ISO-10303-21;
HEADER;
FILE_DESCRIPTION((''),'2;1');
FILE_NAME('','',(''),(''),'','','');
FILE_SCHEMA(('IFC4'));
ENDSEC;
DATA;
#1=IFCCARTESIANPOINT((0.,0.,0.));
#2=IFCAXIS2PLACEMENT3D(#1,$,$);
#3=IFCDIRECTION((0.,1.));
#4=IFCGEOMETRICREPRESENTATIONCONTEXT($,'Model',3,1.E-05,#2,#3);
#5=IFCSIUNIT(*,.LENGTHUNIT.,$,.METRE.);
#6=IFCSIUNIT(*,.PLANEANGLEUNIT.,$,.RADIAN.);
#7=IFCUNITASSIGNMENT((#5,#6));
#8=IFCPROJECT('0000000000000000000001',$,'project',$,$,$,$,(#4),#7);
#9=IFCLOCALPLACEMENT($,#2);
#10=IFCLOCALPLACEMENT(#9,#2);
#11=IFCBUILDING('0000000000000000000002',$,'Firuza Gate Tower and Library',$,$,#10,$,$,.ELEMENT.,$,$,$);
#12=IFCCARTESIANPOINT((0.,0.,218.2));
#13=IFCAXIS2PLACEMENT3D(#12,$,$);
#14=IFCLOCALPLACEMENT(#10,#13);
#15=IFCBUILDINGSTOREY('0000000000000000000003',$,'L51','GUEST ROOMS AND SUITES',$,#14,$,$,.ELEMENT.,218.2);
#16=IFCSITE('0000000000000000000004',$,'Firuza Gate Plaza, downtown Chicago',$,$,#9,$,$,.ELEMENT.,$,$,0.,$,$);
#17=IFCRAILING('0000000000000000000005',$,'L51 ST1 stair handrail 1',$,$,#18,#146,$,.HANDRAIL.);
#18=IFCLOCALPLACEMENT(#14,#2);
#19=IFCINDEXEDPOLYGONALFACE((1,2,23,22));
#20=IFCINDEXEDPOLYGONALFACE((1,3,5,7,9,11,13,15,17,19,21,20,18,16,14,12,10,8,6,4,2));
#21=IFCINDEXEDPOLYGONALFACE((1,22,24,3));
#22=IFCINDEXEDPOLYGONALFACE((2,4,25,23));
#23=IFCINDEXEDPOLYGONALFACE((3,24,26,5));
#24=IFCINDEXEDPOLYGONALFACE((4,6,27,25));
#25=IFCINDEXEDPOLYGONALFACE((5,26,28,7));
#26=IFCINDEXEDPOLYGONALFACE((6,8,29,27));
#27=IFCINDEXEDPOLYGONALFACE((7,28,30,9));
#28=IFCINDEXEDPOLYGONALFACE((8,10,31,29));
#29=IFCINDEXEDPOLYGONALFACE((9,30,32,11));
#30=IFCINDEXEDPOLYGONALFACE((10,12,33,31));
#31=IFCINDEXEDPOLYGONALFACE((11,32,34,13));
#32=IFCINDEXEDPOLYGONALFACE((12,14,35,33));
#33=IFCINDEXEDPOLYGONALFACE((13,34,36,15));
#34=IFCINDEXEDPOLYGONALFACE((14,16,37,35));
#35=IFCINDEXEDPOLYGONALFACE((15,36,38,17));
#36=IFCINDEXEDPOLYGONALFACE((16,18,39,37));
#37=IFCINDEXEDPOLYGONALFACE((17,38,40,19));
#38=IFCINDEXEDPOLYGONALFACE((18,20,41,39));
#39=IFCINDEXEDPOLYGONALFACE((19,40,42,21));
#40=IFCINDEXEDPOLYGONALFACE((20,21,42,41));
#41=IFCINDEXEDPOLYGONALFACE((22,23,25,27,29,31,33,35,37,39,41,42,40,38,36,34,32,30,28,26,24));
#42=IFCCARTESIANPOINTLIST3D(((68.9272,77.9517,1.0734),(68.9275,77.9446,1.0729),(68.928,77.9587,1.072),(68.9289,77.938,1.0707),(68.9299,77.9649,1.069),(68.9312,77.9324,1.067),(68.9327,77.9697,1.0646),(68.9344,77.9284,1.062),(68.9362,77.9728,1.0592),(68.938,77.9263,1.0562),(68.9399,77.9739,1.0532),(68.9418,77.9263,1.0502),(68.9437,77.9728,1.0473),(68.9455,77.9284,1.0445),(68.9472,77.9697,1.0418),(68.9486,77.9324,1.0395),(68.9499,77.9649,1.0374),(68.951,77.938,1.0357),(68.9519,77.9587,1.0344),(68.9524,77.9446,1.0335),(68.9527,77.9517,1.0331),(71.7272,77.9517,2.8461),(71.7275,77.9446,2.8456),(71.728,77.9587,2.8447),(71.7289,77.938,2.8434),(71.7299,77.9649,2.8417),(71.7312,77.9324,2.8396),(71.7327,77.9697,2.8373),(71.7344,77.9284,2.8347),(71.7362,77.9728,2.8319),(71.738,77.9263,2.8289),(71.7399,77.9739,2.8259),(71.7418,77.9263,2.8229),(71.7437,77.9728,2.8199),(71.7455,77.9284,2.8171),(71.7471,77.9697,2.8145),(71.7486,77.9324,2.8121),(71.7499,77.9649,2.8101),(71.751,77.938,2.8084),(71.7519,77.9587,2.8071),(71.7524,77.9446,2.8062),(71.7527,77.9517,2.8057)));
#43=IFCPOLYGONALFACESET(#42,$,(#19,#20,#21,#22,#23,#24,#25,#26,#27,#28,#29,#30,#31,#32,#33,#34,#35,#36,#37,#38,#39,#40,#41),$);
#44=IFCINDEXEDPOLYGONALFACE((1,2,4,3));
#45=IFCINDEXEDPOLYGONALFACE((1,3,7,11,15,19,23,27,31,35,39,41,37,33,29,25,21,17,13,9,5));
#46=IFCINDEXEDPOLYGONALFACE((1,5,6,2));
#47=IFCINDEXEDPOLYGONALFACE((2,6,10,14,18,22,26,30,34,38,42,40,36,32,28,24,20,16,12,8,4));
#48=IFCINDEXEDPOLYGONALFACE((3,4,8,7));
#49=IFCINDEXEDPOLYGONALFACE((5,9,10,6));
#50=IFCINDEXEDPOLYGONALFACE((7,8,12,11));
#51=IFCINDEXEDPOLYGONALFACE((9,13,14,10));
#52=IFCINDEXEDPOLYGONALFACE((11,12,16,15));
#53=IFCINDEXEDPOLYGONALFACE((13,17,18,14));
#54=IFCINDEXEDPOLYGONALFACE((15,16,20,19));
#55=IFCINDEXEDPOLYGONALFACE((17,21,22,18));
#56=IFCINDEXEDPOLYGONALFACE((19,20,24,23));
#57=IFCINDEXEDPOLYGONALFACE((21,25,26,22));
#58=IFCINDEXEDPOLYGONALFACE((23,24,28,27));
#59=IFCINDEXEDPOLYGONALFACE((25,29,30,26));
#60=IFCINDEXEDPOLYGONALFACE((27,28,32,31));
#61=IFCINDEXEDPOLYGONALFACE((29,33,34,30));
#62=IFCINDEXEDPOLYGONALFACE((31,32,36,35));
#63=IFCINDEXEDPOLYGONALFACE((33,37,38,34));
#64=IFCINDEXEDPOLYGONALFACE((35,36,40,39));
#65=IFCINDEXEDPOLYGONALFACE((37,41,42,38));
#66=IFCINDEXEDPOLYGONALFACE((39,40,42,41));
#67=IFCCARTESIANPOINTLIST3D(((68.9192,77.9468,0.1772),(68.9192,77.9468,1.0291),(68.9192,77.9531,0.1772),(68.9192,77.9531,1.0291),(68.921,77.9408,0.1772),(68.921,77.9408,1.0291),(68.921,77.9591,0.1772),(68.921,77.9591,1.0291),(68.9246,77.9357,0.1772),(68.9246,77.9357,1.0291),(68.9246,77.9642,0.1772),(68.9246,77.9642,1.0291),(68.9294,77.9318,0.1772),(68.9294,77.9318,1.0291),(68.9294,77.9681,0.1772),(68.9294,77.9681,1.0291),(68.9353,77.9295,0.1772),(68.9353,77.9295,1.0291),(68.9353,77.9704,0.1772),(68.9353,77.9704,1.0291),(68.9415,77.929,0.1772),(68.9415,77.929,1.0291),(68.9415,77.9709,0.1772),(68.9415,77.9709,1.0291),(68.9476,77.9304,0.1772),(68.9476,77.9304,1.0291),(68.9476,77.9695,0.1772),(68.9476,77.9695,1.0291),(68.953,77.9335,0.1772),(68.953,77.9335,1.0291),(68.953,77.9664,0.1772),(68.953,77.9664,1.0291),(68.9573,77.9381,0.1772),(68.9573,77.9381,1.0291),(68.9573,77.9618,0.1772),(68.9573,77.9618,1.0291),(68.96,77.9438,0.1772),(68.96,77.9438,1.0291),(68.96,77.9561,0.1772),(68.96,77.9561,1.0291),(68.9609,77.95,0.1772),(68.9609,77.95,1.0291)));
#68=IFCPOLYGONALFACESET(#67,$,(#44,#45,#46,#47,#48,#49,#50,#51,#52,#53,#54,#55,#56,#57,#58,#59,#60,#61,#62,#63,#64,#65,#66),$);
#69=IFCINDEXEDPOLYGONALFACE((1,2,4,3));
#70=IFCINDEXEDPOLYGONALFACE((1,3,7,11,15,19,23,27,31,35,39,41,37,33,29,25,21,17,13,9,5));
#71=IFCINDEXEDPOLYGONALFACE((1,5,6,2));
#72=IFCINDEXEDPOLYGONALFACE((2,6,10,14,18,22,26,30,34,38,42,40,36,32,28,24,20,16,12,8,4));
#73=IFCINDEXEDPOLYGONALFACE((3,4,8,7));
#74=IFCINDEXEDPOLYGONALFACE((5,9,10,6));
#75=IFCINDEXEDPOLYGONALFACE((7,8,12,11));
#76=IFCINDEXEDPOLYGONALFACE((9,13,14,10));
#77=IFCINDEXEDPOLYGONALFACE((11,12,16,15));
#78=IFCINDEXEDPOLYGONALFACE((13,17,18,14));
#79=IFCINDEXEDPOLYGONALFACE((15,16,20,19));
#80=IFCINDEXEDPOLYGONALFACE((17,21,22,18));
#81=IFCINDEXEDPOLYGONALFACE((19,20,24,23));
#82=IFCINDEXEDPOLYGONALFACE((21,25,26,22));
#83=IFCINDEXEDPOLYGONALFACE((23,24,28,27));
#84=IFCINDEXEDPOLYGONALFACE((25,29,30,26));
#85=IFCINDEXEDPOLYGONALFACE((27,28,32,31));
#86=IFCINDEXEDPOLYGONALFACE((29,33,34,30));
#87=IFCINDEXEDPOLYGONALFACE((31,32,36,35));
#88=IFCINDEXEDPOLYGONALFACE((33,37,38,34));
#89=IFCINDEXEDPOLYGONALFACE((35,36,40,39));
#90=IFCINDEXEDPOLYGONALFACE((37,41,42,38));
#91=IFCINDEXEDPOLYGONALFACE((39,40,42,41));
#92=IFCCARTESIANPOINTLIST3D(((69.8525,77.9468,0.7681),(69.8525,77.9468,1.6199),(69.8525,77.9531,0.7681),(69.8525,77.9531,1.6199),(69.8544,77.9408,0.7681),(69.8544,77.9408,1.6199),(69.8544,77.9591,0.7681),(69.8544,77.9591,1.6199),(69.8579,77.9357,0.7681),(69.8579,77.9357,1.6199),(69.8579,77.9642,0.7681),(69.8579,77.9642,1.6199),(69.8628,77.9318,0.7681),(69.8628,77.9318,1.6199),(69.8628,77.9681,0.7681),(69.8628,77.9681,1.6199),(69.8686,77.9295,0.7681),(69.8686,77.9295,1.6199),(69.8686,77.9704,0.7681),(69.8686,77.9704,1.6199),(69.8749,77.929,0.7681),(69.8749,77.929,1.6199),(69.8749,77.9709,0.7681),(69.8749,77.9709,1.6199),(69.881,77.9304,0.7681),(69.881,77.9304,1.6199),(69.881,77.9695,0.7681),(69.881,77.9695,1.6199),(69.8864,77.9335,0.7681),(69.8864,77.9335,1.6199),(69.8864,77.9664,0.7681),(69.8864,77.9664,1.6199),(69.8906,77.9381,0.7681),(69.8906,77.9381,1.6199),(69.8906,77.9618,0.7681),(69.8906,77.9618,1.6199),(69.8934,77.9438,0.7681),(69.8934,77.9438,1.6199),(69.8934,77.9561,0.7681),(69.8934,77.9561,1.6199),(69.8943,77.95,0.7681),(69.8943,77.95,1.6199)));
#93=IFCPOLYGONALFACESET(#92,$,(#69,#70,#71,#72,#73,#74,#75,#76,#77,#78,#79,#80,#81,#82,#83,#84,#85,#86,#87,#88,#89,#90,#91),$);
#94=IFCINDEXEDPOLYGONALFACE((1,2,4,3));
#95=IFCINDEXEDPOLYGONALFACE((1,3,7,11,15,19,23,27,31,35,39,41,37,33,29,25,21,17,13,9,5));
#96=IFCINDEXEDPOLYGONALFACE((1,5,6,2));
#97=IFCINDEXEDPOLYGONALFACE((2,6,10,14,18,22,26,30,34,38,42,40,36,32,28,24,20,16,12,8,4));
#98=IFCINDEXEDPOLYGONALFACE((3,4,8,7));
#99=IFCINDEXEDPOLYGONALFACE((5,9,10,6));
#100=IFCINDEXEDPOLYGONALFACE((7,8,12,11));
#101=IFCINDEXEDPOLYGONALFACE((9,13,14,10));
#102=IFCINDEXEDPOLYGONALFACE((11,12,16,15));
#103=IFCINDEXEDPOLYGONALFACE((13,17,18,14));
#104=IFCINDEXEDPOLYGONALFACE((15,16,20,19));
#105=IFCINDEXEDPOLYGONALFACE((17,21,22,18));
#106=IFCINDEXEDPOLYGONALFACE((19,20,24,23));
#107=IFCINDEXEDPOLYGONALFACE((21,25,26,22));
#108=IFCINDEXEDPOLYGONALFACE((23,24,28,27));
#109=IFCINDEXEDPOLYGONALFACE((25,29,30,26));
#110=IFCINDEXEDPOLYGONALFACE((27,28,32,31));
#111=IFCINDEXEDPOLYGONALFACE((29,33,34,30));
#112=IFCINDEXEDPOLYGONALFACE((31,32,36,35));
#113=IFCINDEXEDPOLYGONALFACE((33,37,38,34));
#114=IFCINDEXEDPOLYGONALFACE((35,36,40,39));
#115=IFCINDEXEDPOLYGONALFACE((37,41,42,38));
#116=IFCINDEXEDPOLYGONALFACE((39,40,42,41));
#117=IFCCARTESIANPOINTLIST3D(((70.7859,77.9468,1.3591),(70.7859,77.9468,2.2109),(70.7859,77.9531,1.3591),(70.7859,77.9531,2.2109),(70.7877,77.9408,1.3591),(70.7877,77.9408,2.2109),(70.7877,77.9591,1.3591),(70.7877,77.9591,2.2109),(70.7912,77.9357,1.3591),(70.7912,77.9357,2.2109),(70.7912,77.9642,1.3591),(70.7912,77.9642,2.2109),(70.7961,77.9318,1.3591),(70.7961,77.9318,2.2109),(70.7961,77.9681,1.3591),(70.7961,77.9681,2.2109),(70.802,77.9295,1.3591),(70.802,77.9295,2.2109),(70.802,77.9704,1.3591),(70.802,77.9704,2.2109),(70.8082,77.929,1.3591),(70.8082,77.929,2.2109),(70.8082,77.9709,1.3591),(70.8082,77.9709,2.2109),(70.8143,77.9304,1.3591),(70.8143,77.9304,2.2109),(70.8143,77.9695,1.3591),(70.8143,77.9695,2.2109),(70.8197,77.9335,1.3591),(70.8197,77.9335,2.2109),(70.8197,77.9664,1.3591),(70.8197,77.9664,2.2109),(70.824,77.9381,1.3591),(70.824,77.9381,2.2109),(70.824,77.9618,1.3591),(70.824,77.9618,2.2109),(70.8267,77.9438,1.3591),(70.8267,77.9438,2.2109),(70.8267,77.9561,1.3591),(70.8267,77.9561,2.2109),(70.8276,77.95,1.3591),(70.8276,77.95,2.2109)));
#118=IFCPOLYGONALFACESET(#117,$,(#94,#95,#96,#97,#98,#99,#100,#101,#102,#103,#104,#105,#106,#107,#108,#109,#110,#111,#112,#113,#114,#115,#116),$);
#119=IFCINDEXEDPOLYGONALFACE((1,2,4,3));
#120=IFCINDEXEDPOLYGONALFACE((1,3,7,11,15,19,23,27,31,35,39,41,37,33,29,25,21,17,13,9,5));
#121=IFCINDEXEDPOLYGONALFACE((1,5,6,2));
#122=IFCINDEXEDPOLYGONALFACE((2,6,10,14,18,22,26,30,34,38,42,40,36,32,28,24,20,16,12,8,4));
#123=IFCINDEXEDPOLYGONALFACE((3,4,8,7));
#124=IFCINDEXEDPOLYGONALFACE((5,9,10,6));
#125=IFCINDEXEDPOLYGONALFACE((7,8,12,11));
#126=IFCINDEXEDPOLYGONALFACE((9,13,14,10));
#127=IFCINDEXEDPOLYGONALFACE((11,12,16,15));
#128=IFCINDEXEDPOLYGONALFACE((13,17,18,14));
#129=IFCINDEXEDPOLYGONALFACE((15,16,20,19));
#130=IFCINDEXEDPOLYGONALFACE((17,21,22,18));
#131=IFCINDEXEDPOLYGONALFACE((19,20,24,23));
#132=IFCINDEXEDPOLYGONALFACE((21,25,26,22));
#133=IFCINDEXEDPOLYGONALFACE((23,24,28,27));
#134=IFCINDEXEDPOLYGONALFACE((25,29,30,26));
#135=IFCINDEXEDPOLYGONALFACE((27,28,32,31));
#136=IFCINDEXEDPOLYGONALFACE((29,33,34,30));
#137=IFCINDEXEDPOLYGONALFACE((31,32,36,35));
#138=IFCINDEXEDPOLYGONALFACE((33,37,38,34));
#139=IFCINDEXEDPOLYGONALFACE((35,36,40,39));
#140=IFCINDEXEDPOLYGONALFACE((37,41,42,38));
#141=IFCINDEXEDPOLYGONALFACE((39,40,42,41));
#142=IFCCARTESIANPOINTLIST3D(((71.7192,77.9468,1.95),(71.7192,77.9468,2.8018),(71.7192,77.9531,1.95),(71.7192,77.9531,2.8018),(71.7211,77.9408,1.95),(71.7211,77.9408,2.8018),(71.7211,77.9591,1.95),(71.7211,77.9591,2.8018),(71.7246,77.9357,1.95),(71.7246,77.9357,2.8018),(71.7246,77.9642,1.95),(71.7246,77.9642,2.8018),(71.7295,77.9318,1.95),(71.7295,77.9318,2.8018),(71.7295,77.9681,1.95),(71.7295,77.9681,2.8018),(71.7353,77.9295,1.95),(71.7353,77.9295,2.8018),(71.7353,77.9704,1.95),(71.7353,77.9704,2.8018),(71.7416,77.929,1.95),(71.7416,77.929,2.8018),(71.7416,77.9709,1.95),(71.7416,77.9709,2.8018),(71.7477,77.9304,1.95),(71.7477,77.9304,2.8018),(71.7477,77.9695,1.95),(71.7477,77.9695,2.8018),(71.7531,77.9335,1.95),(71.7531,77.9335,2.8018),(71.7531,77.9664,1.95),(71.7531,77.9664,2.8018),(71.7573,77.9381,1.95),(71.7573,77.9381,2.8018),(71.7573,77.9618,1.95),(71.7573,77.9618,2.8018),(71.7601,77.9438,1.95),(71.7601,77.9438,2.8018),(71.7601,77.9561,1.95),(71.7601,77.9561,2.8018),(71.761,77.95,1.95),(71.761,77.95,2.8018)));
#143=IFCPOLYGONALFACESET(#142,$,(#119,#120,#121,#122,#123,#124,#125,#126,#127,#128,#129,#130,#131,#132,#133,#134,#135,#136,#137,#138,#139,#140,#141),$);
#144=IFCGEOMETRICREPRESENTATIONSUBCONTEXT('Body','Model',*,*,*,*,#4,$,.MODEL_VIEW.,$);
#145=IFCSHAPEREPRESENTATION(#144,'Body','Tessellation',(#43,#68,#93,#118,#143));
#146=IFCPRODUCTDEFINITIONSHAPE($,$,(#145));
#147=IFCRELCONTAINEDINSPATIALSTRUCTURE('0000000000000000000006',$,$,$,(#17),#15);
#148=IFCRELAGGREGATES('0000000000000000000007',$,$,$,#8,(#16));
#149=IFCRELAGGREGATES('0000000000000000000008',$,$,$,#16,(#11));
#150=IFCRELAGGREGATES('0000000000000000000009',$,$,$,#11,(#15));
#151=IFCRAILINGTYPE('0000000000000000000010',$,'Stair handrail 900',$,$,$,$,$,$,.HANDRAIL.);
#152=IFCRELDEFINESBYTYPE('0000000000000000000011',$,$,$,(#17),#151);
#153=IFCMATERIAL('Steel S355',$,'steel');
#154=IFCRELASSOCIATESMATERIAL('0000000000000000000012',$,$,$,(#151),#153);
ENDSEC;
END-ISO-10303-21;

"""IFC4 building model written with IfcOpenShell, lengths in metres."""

from ifc_helpers import new_model, si_unit, direction, frame, origin, origin_2d, place, context, subcontext, project, spatial, circle, extrude, material, type_object, element, save


model = new_model("IFC4")

# Units and contexts
model_context = context("Model", 3, precision=1e-05, world=origin(), true_north=direction((0.0, 1.0)))
body_context = subcontext(model_context, "Body", "Model", "MODEL_VIEW")
ifc_project = project(units=[si_unit("LENGTHUNIT", "METRE"), si_unit("PLANEANGLEUNIT", "RADIAN")], contexts=[model_context])

# Site, building, storey
site_placement = place(None, origin())
site = spatial("IfcSite", under=ifc_project, at=site_placement, Name="Firuza Gate Plaza, downtown Chicago", CompositionType="ELEMENT", RefElevation=0.0)
building_placement = place(site_placement, origin())
building = spatial("IfcBuilding", under=site, at=building_placement, Name="Firuza Gate Tower and Library", CompositionType="ELEMENT")
storey_placement = place(building_placement, frame((0.0, 0.0, 218.2)))
storey = spatial("IfcBuildingStorey", under=building, at=storey_placement, Name="L51", Description="GUEST ROOMS AND SUITES", CompositionType="ELEMENT", Elevation=218.2)

# Railing
ifc_material_1 = material(Name="Steel S355", Category="steel")
railing_type_1 = type_object("IfcRailingType", Name="Stair handrail 900", PredefinedType="HANDRAIL", material=ifc_material_1)
railing_1_placement = place(storey_placement, frame((68.9399, 77.95, 0.1772)))
element("IfcRailing", 1, at=railing_1_placement, inside=storey, type_object=railing_type_1, Name="L51 ST1 stair handrail 1", PredefinedType="HANDRAIL", context=body_context, shape_type="SweptSolid", body=[
    extrude(circle(Radius=0.0239, at=origin_2d()), frame((0.0, 0.0, 0.876), z_axis=(0.844909, 0.0, 0.53491), x_axis=(0.0, 1.0, 0.0)), (0.0, 0.0, 1.0), 3.314),
    extrude(circle(Radius=0.021, at=origin_2d()), origin(), (0.0, 0.0, 1.0), 0.8518),
    extrude(circle(Radius=0.021, at=origin_2d()), frame((0.9333, 0.0, 0.5908)), (0.0, 0.0, 1.0), 0.8518),
    extrude(circle(Radius=0.021, at=origin_2d()), frame((1.8667, 0.0, 1.1819)), (0.0, 0.0, 1.0), 0.8518),
    extrude(circle(Radius=0.021, at=origin_2d()), frame((2.8, 0.0, 1.7727)), (0.0, 0.0, 1.0), 0.8518),
])

save(model, "model.ifc")
